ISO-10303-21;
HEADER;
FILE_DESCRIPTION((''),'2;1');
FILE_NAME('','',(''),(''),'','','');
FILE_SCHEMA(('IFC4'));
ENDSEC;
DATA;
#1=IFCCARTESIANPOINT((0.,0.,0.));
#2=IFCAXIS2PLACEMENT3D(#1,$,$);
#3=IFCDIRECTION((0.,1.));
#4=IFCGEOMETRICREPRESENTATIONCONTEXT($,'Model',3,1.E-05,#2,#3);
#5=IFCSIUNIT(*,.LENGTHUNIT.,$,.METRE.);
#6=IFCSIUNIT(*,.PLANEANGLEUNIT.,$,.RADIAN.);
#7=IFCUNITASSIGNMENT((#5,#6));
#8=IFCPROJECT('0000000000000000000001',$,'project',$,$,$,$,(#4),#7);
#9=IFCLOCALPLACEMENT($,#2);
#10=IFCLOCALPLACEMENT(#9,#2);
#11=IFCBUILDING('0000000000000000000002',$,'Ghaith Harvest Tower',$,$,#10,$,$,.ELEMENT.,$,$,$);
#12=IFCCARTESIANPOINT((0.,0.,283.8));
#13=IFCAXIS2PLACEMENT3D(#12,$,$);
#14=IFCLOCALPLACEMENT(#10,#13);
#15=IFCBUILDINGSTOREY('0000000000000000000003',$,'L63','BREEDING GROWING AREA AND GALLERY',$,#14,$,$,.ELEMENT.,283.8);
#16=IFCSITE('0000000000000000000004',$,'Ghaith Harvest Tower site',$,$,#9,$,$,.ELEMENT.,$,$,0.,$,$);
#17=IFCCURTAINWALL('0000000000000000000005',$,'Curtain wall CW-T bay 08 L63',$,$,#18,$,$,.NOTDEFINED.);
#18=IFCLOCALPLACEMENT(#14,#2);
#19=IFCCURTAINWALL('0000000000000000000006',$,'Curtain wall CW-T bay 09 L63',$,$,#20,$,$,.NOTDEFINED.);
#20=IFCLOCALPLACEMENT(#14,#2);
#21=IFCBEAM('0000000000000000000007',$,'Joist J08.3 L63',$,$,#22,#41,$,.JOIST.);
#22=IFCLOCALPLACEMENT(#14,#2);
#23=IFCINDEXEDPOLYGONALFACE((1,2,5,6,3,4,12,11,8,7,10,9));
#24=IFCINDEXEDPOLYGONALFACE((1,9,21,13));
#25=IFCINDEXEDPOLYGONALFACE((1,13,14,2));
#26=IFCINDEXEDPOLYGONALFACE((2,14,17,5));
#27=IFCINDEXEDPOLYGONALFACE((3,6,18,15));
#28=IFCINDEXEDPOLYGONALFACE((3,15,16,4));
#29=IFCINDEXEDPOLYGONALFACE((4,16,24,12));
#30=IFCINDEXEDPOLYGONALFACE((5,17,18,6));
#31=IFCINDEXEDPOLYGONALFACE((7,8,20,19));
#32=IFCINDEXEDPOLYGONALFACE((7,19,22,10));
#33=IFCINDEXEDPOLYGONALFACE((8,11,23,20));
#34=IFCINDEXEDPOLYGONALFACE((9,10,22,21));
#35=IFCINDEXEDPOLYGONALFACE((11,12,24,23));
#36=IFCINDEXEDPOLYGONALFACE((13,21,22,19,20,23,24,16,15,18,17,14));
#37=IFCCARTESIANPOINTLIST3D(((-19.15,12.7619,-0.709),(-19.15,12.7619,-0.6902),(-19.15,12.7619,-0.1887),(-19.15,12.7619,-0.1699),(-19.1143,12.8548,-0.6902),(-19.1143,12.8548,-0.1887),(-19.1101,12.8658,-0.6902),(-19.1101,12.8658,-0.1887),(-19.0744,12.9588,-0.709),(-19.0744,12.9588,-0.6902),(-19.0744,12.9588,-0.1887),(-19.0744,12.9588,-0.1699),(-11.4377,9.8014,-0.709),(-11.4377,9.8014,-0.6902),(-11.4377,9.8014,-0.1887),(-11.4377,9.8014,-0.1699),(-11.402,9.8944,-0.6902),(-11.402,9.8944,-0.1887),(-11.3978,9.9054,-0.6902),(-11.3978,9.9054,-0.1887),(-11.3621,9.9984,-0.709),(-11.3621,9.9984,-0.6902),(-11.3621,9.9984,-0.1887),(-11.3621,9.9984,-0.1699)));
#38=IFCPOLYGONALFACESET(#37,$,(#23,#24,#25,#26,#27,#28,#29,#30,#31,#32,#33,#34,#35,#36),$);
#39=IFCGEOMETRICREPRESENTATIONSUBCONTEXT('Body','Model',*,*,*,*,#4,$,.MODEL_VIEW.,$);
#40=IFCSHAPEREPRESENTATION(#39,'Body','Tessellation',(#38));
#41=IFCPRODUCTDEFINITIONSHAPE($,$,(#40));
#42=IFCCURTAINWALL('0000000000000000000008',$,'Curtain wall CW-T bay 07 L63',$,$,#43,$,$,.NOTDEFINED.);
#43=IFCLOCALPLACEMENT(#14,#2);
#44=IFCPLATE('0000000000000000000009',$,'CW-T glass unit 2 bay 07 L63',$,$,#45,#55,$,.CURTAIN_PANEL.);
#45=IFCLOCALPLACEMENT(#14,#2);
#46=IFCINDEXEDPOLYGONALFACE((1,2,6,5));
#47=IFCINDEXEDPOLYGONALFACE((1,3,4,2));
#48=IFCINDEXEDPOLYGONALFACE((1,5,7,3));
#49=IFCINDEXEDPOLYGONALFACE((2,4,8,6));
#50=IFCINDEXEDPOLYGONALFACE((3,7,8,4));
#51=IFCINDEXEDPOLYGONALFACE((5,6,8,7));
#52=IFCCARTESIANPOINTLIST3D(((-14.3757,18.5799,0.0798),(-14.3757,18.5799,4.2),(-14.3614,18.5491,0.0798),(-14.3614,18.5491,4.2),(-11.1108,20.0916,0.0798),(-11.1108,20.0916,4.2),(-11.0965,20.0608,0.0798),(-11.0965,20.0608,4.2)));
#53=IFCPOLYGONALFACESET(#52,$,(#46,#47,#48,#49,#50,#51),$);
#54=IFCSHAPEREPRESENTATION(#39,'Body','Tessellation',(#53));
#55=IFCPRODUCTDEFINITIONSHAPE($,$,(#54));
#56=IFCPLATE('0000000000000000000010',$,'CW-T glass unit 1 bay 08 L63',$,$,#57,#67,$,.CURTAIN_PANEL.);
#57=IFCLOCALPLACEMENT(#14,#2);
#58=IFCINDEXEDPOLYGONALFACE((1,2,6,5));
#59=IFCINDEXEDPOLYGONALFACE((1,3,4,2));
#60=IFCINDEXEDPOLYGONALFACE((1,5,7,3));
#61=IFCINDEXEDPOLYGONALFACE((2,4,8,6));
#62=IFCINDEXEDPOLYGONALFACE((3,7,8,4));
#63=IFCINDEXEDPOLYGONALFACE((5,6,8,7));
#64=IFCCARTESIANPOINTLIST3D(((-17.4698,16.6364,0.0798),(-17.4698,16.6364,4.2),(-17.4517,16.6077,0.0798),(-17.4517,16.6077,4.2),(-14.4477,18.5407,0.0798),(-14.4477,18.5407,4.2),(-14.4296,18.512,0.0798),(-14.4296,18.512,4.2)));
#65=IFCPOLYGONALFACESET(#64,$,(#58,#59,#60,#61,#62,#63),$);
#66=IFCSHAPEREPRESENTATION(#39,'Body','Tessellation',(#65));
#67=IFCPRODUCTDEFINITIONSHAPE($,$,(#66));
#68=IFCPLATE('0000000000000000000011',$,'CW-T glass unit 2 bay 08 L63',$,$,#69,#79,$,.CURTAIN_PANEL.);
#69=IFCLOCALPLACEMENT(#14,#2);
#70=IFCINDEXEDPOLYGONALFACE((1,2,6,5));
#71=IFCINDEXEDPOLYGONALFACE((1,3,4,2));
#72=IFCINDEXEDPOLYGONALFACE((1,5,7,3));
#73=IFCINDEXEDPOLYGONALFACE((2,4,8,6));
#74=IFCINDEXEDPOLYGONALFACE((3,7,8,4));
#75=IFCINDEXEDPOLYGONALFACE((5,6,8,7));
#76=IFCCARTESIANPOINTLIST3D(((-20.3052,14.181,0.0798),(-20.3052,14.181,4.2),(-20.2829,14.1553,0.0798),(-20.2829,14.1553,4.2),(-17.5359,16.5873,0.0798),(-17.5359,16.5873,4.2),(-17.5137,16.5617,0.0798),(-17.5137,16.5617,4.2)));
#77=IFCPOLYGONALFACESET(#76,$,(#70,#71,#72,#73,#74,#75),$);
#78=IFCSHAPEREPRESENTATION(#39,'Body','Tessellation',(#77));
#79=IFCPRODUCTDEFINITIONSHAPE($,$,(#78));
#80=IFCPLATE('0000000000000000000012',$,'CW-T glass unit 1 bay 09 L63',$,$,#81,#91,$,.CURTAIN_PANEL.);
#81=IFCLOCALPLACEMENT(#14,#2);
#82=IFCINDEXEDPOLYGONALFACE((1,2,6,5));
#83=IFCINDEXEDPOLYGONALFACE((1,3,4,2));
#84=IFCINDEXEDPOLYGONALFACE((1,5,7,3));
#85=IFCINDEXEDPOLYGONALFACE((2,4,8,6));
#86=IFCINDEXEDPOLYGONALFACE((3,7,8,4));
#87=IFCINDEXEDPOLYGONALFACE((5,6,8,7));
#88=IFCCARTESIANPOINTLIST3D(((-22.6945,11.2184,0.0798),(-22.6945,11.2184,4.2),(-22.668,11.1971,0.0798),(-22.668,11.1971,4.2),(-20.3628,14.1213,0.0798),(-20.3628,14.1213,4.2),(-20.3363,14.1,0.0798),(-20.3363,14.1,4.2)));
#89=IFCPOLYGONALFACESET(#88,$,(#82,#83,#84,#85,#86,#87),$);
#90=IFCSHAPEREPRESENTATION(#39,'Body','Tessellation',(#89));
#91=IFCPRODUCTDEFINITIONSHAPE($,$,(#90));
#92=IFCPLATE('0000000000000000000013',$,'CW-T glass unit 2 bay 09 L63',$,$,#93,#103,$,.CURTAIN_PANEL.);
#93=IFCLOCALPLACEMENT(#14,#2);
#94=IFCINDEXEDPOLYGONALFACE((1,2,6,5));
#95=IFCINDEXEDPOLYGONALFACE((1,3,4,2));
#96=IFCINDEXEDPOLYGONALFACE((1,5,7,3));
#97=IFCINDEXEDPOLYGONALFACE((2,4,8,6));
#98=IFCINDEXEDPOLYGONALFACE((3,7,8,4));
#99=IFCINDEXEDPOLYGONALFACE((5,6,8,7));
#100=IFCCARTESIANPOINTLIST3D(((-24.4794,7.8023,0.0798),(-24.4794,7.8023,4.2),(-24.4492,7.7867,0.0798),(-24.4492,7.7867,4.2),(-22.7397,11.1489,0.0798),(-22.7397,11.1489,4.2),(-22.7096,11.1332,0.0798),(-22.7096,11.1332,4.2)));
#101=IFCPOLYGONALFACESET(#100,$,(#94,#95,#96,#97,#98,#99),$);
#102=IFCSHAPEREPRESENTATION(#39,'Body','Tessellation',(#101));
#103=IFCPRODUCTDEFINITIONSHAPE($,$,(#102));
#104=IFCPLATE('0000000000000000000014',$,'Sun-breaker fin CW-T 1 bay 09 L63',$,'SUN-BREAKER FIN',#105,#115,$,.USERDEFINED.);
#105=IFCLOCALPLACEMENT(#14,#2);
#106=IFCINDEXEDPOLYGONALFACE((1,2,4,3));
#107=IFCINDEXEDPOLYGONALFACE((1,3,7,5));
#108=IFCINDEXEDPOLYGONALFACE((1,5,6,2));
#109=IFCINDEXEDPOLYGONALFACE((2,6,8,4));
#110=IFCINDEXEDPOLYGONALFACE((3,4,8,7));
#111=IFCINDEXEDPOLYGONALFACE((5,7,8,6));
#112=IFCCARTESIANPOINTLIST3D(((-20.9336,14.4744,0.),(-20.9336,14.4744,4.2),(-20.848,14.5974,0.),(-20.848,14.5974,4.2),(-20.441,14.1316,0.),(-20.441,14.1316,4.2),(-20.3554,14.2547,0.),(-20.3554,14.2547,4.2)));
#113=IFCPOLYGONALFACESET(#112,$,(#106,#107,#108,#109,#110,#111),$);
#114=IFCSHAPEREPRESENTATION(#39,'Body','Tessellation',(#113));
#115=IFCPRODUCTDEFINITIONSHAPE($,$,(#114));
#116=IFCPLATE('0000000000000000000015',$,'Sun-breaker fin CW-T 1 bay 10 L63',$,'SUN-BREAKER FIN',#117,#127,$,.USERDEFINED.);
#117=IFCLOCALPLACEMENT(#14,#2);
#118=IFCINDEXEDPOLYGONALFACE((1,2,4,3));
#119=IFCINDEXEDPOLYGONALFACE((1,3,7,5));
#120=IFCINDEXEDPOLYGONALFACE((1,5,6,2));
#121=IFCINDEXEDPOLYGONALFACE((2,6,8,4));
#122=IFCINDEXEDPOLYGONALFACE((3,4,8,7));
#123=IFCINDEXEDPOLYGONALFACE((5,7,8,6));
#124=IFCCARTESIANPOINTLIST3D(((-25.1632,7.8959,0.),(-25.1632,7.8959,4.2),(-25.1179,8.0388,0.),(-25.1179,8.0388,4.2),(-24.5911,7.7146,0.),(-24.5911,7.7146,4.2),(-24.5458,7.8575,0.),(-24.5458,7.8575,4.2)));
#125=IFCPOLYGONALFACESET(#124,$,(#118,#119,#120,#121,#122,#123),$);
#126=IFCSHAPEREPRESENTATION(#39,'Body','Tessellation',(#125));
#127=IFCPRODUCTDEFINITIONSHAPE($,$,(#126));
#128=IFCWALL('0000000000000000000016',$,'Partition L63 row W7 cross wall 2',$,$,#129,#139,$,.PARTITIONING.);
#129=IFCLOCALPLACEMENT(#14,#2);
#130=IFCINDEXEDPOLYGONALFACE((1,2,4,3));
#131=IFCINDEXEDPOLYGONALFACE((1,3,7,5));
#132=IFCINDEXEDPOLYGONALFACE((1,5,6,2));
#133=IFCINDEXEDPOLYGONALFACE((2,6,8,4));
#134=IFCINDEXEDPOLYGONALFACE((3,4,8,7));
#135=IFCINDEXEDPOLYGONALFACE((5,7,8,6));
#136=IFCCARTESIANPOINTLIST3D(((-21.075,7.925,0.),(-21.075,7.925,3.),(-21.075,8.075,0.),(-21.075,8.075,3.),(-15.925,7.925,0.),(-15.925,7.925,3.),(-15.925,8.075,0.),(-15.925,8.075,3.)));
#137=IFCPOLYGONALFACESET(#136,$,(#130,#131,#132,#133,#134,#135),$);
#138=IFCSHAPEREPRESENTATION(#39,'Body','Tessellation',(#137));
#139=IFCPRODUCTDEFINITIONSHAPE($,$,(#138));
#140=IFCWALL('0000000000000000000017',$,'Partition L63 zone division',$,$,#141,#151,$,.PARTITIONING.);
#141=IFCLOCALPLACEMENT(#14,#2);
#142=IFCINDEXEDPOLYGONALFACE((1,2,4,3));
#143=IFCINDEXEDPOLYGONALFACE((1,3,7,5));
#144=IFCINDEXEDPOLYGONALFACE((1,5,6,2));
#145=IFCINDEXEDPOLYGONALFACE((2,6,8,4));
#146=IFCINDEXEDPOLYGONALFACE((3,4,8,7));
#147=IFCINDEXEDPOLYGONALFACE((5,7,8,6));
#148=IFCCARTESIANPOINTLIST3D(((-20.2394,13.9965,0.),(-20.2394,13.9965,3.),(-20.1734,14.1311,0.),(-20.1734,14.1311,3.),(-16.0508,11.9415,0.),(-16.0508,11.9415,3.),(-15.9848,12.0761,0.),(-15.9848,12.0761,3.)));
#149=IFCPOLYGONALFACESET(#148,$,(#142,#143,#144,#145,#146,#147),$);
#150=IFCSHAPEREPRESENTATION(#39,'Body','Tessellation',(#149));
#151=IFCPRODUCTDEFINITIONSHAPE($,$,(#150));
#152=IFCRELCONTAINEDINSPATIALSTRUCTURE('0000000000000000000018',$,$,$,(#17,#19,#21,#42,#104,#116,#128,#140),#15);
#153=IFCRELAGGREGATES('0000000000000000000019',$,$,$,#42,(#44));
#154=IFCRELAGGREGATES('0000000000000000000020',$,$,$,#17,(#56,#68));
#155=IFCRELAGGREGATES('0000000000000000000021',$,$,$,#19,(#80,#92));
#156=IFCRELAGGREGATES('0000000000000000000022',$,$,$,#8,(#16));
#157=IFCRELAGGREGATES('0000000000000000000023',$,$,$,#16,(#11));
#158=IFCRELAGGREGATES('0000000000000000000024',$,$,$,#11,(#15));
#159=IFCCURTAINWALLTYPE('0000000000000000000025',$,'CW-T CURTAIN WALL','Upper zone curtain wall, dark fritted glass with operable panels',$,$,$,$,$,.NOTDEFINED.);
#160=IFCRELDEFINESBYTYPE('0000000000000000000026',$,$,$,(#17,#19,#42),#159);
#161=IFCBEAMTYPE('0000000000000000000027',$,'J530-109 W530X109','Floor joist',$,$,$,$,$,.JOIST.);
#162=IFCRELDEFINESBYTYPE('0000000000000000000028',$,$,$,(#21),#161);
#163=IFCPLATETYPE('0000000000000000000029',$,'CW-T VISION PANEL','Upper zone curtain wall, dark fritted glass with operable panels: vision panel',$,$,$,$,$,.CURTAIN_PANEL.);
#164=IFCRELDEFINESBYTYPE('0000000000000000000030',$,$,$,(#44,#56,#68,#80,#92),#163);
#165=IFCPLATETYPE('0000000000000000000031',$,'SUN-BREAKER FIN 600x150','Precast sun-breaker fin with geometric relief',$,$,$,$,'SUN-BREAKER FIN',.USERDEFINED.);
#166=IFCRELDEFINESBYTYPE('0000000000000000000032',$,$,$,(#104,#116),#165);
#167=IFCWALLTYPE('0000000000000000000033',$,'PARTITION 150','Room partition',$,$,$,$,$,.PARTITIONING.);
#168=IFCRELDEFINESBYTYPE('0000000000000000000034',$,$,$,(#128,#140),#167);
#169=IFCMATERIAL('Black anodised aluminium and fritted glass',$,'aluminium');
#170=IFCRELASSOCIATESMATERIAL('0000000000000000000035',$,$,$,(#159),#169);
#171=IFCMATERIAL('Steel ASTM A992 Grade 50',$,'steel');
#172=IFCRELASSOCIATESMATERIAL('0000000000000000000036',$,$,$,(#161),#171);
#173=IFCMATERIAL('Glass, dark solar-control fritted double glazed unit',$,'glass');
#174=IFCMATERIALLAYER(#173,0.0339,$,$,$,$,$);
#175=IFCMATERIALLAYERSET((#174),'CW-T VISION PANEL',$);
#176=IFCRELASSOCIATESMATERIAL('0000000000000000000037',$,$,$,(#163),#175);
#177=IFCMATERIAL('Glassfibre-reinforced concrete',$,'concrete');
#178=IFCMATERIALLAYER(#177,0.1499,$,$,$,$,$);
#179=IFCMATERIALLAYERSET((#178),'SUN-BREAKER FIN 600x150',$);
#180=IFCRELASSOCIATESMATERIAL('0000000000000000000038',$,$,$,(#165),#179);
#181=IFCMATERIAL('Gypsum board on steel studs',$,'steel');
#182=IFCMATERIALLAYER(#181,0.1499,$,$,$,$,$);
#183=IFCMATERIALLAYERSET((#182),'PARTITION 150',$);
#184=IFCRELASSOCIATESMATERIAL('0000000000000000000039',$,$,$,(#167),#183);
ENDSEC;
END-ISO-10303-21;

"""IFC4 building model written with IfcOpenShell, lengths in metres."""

from ifc_helpers import new_model, si_unit, direction, frame, frame_2d, origin, origin_2d, place, context, subcontext, project, spatial, rectangle, i_section, extrude, material, layer, layer_set, material_profile, profile_set, type_object, element, aggregate, save


model = new_model("IFC4")

# Units and contexts
model_context = context("Model", 3, precision=1e-05, world=origin(), true_north=direction((0.0, 1.0)))
body_context = subcontext(model_context, "Body", "Model", "MODEL_VIEW")
ifc_project = project(units=[si_unit("LENGTHUNIT", "METRE"), si_unit("PLANEANGLEUNIT", "RADIAN")], contexts=[model_context])

# Site, building, storey
site_placement = place(None, origin())
site = spatial("IfcSite", under=ifc_project, at=site_placement, Name="Ghaith Harvest Tower site", CompositionType="ELEMENT", RefElevation=0.0)
building_placement = place(site_placement, origin())
building = spatial("IfcBuilding", under=site, at=building_placement, Name="Ghaith Harvest Tower", CompositionType="ELEMENT")
storey_placement = place(building_placement, frame((0.0, 0.0, 283.8)))
storey = spatial("IfcBuildingStorey", under=building, at=storey_placement, Name="L63", Description="BREEDING GROWING AREA AND GALLERY", CompositionType="ELEMENT", Elevation=283.8)

# Curtain walls
ifc_material_1 = material(Name="Black anodised aluminium and fritted glass", Category="aluminium")
curtain_wall_type = type_object("IfcCurtainWallType", Name="CW-T CURTAIN WALL", Description="Upper zone curtain wall, dark fritted glass with operable panels", PredefinedType="NOTDEFINED", material=ifc_material_1)
curtain_wall_1_placement = place(storey_placement, origin())
curtain_wall_1 = element("IfcCurtainWall", 1, at=curtain_wall_1_placement, inside=storey, type_object=curtain_wall_type, Name="Curtain wall CW-T bay 08 L63", PredefinedType="NOTDEFINED")
curtain_wall_2_placement = place(storey_placement, origin())
curtain_wall_2 = element("IfcCurtainWall", 2, at=curtain_wall_2_placement, inside=storey, type_object=curtain_wall_type, Name="Curtain wall CW-T bay 09 L63", PredefinedType="NOTDEFINED")

# Beam
ifc_material_2 = material(Name="Steel ASTM A992 Grade 50", Category="steel")
ifc_material_profile_1 = material_profile(ifc_material_2, i_section(OverallWidth=0.2109, OverallDepth=0.5391, WebThickness=0.0117, FlangeThickness=0.0188, at=origin_2d()), Name="W530X109")
ifc_profile_set_1 = profile_set([ifc_material_profile_1], Name="Steel ASTM A992 Grade 50")
beam_type_1 = type_object("IfcBeamType", Name="J530-109 W530X109", Description="Floor joist", PredefinedType="JOIST", material=ifc_profile_set_1)
beam_1_placement = place(storey_placement, frame((-11.3999, 9.8999, -0.4395), z_axis=(-0.933583, 0.358361, 0.0), x_axis=(-0.358361, -0.933583, 0.0)))
element("IfcBeam", 3, at=beam_1_placement, inside=storey, type_object=beam_type_1, Name="Joist J08.3 L63", PredefinedType="JOIST", context=body_context, shape_type="SweptSolid", body=[
    extrude(i_section(OverallWidth=0.2109, OverallDepth=0.5391, WebThickness=0.0117, FlangeThickness=0.0188, at=origin_2d()), origin(), (0.0, 0.0, 1.0), 8.261),
])

# Curtain wall, plate
curtain_wall_3_placement = place(storey_placement, origin())
curtain_wall_3 = element("IfcCurtainWall", 4, at=curtain_wall_3_placement, inside=storey, type_object=curtain_wall_type, Name="Curtain wall CW-T bay 07 L63", PredefinedType="NOTDEFINED")
ifc_material_3 = material(Name="Glass, dark solar-control fritted double glazed unit", Category="glass")
ifc_layer_1 = layer(ifc_material_3, 0.0339)
ifc_layer_set_1 = layer_set([ifc_layer_1], Name="CW-T VISION PANEL")
plate_type_1 = type_object("IfcPlateType", Name="CW-T VISION PANEL", Description="Upper zone curtain wall, dark fritted glass with operable panels: vision panel", PredefinedType="CURTAIN_PANEL", material=ifc_layer_set_1)
plate_1_placement = place(storey_placement, frame((-12.7361, 19.3203, 0.0798), z_axis=(0.0, 0.0, 1.0), x_axis=(-0.90745, -0.42016, 0.0)))
plate_1 = element("IfcPlate", 5, at=plate_1_placement, type_object=plate_type_1, Name="CW-T glass unit 2 bay 07 L63", PredefinedType="CURTAIN_PANEL", context=body_context, shape_type="SweptSolid", body=[
    extrude(rectangle(XDim=3.5979, YDim=0.0339, at=origin_2d()), origin(), (0.0, 0.0, 1.0), 4.1201),
])
aggregate(curtain_wall_3, [plate_1])

# Plates
plate_2_placement = place(storey_placement, frame((-15.9497, 17.5742, 0.0798), z_axis=(0.0, 0.0, 1.0), x_axis=(-0.846043, -0.533114, 0.0)))
plate_2 = element("IfcPlate", 6, at=plate_2_placement, type_object=plate_type_1, Name="CW-T glass unit 1 bay 08 L63", PredefinedType="CURTAIN_PANEL", context=body_context, shape_type="SweptSolid", body=[
    extrude(rectangle(XDim=3.572, YDim=0.0339, at=origin_2d()), origin(), (0.0, 0.0, 1.0), 4.1201),
])
plate_3_placement = place(storey_placement, frame((-18.9094, 15.3713, 0.0798), z_axis=(0.0, 0.0, 1.0), x_axis=(-0.754829, -0.655922, 0.0)))
plate_3 = element("IfcPlate", 7, at=plate_3_placement, type_object=plate_type_1, Name="CW-T glass unit 2 bay 08 L63", PredefinedType="CURTAIN_PANEL", context=body_context, shape_type="SweptSolid", body=[
    extrude(rectangle(XDim=3.6687, YDim=0.0339, at=origin_2d()), origin(), (0.0, 0.0, 1.0), 4.1201),
])
aggregate(curtain_wall_1, [plate_2, plate_3])
plate_4_placement = place(storey_placement, frame((-21.5154, 12.6592, 0.0798), z_axis=(0.0, 0.0, 1.0), x_axis=(-0.62623, -0.779639, 0.0)))
plate_4 = element("IfcPlate", 8, at=plate_4_placement, type_object=plate_type_1, Name="CW-T glass unit 1 bay 09 L63", PredefinedType="CURTAIN_PANEL", context=body_context, shape_type="SweptSolid", body=[
    extrude(rectangle(XDim=3.7234, YDim=0.0339, at=origin_2d()), origin(), (0.0, 0.0, 1.0), 4.1201),
])
plate_5_placement = place(storey_placement, frame((-23.5945, 9.4678, 0.0798), z_axis=(0.0, 0.0, 1.0), x_axis=(-0.46123, -0.887281, 0.0)))
plate_5 = element("IfcPlate", 9, at=plate_5_placement, type_object=plate_type_1, Name="CW-T glass unit 2 bay 09 L63", PredefinedType="CURTAIN_PANEL", context=body_context, shape_type="SweptSolid", body=[
    extrude(rectangle(XDim=3.7717, YDim=0.0339, at=origin_2d()), origin(), (0.0, 0.0, 1.0), 4.1201),
])
aggregate(curtain_wall_2, [plate_4, plate_5])

# Plates
ifc_material_4 = material(Name="Glassfibre-reinforced concrete", Category="concrete")
ifc_layer_2 = layer(ifc_material_4, 0.1499)
ifc_layer_set_2 = layer_set([ifc_layer_2], Name="SUN-BREAKER FIN 600x150")
plate_type_2 = type_object("IfcPlateType", Name="SUN-BREAKER FIN 600x150", Description="Precast sun-breaker fin with geometric relief", ElementType="SUN-BREAKER FIN", PredefinedType="USERDEFINED", material=ifc_layer_set_2)
for number, where, z_axis, x_axis, name in (
    (10, (-20.6445, 14.3645, 0.0), (0.0, 0.0, 1.0), (-0.820845, 0.57115, 0.0), "Sun-breaker fin CW-T 1 bay 09 L63"),
    (11, (-24.8545, 7.8767, 0.0), (0.0, 0.0, 1.0), (-0.953273, 0.30211, 0.0), "Sun-breaker fin CW-T 1 bay 10 L63"),
):
    element("IfcPlate", number, at=place(storey_placement, frame(where, z_axis=z_axis, x_axis=x_axis)), inside=storey, type_object=plate_type_2, Name=name, ObjectType="SUN-BREAKER FIN", PredefinedType="USERDEFINED", context=body_context, shape_type="SweptSolid", body=[
        extrude(rectangle(XDim=0.6001, YDim=0.1499, at=origin_2d()), origin(), (0.0, 0.0, 1.0), 4.2),
    ])

# Walls
ifc_material_5 = material(Name="Gypsum board on steel studs", Category="steel")
ifc_layer_3 = layer(ifc_material_5, 0.1499)
ifc_layer_set_3 = layer_set([ifc_layer_3], Name="PARTITION 150")
wall_type_1 = type_object("IfcWallType", Name="PARTITION 150", Description="Room partition", PredefinedType="PARTITIONING", material=ifc_layer_set_3)
wall_1_placement = place(storey_placement, frame((-15.925, 8.0, 0.0), z_axis=(0.0, 0.0, 1.0), x_axis=(-1.0, 0.0, 0.0)))
element("IfcWall", 12, at=wall_1_placement, inside=storey, type_object=wall_type_1, Name="Partition L63 row W7 cross wall 2", PredefinedType="PARTITIONING", context=body_context, shape_type="SweptSolid", body=[
    extrude(rectangle(XDim=5.1499, YDim=0.1499, at=frame_2d((2.575, 0.0))), origin(), (0.0, 0.0, 1.0), 3.0),
])
wall_2_placement = place(storey_placement, frame((-16.0178, 12.0088, 0.0), z_axis=(0.0, 0.0, 1.0), x_axis=(-0.897772, 0.440461, 0.0)))
element("IfcWall", 13, at=wall_2_placement, inside=storey, type_object=wall_type_1, Name="Partition L63 zone division", PredefinedType="PARTITIONING", context=body_context, shape_type="SweptSolid", body=[
    extrude(rectangle(XDim=4.6655, YDim=0.1499, at=frame_2d((2.3328, 0.0))), origin(), (0.0, 0.0, 1.0), 3.0),
])

save(model, "model.ifc")
